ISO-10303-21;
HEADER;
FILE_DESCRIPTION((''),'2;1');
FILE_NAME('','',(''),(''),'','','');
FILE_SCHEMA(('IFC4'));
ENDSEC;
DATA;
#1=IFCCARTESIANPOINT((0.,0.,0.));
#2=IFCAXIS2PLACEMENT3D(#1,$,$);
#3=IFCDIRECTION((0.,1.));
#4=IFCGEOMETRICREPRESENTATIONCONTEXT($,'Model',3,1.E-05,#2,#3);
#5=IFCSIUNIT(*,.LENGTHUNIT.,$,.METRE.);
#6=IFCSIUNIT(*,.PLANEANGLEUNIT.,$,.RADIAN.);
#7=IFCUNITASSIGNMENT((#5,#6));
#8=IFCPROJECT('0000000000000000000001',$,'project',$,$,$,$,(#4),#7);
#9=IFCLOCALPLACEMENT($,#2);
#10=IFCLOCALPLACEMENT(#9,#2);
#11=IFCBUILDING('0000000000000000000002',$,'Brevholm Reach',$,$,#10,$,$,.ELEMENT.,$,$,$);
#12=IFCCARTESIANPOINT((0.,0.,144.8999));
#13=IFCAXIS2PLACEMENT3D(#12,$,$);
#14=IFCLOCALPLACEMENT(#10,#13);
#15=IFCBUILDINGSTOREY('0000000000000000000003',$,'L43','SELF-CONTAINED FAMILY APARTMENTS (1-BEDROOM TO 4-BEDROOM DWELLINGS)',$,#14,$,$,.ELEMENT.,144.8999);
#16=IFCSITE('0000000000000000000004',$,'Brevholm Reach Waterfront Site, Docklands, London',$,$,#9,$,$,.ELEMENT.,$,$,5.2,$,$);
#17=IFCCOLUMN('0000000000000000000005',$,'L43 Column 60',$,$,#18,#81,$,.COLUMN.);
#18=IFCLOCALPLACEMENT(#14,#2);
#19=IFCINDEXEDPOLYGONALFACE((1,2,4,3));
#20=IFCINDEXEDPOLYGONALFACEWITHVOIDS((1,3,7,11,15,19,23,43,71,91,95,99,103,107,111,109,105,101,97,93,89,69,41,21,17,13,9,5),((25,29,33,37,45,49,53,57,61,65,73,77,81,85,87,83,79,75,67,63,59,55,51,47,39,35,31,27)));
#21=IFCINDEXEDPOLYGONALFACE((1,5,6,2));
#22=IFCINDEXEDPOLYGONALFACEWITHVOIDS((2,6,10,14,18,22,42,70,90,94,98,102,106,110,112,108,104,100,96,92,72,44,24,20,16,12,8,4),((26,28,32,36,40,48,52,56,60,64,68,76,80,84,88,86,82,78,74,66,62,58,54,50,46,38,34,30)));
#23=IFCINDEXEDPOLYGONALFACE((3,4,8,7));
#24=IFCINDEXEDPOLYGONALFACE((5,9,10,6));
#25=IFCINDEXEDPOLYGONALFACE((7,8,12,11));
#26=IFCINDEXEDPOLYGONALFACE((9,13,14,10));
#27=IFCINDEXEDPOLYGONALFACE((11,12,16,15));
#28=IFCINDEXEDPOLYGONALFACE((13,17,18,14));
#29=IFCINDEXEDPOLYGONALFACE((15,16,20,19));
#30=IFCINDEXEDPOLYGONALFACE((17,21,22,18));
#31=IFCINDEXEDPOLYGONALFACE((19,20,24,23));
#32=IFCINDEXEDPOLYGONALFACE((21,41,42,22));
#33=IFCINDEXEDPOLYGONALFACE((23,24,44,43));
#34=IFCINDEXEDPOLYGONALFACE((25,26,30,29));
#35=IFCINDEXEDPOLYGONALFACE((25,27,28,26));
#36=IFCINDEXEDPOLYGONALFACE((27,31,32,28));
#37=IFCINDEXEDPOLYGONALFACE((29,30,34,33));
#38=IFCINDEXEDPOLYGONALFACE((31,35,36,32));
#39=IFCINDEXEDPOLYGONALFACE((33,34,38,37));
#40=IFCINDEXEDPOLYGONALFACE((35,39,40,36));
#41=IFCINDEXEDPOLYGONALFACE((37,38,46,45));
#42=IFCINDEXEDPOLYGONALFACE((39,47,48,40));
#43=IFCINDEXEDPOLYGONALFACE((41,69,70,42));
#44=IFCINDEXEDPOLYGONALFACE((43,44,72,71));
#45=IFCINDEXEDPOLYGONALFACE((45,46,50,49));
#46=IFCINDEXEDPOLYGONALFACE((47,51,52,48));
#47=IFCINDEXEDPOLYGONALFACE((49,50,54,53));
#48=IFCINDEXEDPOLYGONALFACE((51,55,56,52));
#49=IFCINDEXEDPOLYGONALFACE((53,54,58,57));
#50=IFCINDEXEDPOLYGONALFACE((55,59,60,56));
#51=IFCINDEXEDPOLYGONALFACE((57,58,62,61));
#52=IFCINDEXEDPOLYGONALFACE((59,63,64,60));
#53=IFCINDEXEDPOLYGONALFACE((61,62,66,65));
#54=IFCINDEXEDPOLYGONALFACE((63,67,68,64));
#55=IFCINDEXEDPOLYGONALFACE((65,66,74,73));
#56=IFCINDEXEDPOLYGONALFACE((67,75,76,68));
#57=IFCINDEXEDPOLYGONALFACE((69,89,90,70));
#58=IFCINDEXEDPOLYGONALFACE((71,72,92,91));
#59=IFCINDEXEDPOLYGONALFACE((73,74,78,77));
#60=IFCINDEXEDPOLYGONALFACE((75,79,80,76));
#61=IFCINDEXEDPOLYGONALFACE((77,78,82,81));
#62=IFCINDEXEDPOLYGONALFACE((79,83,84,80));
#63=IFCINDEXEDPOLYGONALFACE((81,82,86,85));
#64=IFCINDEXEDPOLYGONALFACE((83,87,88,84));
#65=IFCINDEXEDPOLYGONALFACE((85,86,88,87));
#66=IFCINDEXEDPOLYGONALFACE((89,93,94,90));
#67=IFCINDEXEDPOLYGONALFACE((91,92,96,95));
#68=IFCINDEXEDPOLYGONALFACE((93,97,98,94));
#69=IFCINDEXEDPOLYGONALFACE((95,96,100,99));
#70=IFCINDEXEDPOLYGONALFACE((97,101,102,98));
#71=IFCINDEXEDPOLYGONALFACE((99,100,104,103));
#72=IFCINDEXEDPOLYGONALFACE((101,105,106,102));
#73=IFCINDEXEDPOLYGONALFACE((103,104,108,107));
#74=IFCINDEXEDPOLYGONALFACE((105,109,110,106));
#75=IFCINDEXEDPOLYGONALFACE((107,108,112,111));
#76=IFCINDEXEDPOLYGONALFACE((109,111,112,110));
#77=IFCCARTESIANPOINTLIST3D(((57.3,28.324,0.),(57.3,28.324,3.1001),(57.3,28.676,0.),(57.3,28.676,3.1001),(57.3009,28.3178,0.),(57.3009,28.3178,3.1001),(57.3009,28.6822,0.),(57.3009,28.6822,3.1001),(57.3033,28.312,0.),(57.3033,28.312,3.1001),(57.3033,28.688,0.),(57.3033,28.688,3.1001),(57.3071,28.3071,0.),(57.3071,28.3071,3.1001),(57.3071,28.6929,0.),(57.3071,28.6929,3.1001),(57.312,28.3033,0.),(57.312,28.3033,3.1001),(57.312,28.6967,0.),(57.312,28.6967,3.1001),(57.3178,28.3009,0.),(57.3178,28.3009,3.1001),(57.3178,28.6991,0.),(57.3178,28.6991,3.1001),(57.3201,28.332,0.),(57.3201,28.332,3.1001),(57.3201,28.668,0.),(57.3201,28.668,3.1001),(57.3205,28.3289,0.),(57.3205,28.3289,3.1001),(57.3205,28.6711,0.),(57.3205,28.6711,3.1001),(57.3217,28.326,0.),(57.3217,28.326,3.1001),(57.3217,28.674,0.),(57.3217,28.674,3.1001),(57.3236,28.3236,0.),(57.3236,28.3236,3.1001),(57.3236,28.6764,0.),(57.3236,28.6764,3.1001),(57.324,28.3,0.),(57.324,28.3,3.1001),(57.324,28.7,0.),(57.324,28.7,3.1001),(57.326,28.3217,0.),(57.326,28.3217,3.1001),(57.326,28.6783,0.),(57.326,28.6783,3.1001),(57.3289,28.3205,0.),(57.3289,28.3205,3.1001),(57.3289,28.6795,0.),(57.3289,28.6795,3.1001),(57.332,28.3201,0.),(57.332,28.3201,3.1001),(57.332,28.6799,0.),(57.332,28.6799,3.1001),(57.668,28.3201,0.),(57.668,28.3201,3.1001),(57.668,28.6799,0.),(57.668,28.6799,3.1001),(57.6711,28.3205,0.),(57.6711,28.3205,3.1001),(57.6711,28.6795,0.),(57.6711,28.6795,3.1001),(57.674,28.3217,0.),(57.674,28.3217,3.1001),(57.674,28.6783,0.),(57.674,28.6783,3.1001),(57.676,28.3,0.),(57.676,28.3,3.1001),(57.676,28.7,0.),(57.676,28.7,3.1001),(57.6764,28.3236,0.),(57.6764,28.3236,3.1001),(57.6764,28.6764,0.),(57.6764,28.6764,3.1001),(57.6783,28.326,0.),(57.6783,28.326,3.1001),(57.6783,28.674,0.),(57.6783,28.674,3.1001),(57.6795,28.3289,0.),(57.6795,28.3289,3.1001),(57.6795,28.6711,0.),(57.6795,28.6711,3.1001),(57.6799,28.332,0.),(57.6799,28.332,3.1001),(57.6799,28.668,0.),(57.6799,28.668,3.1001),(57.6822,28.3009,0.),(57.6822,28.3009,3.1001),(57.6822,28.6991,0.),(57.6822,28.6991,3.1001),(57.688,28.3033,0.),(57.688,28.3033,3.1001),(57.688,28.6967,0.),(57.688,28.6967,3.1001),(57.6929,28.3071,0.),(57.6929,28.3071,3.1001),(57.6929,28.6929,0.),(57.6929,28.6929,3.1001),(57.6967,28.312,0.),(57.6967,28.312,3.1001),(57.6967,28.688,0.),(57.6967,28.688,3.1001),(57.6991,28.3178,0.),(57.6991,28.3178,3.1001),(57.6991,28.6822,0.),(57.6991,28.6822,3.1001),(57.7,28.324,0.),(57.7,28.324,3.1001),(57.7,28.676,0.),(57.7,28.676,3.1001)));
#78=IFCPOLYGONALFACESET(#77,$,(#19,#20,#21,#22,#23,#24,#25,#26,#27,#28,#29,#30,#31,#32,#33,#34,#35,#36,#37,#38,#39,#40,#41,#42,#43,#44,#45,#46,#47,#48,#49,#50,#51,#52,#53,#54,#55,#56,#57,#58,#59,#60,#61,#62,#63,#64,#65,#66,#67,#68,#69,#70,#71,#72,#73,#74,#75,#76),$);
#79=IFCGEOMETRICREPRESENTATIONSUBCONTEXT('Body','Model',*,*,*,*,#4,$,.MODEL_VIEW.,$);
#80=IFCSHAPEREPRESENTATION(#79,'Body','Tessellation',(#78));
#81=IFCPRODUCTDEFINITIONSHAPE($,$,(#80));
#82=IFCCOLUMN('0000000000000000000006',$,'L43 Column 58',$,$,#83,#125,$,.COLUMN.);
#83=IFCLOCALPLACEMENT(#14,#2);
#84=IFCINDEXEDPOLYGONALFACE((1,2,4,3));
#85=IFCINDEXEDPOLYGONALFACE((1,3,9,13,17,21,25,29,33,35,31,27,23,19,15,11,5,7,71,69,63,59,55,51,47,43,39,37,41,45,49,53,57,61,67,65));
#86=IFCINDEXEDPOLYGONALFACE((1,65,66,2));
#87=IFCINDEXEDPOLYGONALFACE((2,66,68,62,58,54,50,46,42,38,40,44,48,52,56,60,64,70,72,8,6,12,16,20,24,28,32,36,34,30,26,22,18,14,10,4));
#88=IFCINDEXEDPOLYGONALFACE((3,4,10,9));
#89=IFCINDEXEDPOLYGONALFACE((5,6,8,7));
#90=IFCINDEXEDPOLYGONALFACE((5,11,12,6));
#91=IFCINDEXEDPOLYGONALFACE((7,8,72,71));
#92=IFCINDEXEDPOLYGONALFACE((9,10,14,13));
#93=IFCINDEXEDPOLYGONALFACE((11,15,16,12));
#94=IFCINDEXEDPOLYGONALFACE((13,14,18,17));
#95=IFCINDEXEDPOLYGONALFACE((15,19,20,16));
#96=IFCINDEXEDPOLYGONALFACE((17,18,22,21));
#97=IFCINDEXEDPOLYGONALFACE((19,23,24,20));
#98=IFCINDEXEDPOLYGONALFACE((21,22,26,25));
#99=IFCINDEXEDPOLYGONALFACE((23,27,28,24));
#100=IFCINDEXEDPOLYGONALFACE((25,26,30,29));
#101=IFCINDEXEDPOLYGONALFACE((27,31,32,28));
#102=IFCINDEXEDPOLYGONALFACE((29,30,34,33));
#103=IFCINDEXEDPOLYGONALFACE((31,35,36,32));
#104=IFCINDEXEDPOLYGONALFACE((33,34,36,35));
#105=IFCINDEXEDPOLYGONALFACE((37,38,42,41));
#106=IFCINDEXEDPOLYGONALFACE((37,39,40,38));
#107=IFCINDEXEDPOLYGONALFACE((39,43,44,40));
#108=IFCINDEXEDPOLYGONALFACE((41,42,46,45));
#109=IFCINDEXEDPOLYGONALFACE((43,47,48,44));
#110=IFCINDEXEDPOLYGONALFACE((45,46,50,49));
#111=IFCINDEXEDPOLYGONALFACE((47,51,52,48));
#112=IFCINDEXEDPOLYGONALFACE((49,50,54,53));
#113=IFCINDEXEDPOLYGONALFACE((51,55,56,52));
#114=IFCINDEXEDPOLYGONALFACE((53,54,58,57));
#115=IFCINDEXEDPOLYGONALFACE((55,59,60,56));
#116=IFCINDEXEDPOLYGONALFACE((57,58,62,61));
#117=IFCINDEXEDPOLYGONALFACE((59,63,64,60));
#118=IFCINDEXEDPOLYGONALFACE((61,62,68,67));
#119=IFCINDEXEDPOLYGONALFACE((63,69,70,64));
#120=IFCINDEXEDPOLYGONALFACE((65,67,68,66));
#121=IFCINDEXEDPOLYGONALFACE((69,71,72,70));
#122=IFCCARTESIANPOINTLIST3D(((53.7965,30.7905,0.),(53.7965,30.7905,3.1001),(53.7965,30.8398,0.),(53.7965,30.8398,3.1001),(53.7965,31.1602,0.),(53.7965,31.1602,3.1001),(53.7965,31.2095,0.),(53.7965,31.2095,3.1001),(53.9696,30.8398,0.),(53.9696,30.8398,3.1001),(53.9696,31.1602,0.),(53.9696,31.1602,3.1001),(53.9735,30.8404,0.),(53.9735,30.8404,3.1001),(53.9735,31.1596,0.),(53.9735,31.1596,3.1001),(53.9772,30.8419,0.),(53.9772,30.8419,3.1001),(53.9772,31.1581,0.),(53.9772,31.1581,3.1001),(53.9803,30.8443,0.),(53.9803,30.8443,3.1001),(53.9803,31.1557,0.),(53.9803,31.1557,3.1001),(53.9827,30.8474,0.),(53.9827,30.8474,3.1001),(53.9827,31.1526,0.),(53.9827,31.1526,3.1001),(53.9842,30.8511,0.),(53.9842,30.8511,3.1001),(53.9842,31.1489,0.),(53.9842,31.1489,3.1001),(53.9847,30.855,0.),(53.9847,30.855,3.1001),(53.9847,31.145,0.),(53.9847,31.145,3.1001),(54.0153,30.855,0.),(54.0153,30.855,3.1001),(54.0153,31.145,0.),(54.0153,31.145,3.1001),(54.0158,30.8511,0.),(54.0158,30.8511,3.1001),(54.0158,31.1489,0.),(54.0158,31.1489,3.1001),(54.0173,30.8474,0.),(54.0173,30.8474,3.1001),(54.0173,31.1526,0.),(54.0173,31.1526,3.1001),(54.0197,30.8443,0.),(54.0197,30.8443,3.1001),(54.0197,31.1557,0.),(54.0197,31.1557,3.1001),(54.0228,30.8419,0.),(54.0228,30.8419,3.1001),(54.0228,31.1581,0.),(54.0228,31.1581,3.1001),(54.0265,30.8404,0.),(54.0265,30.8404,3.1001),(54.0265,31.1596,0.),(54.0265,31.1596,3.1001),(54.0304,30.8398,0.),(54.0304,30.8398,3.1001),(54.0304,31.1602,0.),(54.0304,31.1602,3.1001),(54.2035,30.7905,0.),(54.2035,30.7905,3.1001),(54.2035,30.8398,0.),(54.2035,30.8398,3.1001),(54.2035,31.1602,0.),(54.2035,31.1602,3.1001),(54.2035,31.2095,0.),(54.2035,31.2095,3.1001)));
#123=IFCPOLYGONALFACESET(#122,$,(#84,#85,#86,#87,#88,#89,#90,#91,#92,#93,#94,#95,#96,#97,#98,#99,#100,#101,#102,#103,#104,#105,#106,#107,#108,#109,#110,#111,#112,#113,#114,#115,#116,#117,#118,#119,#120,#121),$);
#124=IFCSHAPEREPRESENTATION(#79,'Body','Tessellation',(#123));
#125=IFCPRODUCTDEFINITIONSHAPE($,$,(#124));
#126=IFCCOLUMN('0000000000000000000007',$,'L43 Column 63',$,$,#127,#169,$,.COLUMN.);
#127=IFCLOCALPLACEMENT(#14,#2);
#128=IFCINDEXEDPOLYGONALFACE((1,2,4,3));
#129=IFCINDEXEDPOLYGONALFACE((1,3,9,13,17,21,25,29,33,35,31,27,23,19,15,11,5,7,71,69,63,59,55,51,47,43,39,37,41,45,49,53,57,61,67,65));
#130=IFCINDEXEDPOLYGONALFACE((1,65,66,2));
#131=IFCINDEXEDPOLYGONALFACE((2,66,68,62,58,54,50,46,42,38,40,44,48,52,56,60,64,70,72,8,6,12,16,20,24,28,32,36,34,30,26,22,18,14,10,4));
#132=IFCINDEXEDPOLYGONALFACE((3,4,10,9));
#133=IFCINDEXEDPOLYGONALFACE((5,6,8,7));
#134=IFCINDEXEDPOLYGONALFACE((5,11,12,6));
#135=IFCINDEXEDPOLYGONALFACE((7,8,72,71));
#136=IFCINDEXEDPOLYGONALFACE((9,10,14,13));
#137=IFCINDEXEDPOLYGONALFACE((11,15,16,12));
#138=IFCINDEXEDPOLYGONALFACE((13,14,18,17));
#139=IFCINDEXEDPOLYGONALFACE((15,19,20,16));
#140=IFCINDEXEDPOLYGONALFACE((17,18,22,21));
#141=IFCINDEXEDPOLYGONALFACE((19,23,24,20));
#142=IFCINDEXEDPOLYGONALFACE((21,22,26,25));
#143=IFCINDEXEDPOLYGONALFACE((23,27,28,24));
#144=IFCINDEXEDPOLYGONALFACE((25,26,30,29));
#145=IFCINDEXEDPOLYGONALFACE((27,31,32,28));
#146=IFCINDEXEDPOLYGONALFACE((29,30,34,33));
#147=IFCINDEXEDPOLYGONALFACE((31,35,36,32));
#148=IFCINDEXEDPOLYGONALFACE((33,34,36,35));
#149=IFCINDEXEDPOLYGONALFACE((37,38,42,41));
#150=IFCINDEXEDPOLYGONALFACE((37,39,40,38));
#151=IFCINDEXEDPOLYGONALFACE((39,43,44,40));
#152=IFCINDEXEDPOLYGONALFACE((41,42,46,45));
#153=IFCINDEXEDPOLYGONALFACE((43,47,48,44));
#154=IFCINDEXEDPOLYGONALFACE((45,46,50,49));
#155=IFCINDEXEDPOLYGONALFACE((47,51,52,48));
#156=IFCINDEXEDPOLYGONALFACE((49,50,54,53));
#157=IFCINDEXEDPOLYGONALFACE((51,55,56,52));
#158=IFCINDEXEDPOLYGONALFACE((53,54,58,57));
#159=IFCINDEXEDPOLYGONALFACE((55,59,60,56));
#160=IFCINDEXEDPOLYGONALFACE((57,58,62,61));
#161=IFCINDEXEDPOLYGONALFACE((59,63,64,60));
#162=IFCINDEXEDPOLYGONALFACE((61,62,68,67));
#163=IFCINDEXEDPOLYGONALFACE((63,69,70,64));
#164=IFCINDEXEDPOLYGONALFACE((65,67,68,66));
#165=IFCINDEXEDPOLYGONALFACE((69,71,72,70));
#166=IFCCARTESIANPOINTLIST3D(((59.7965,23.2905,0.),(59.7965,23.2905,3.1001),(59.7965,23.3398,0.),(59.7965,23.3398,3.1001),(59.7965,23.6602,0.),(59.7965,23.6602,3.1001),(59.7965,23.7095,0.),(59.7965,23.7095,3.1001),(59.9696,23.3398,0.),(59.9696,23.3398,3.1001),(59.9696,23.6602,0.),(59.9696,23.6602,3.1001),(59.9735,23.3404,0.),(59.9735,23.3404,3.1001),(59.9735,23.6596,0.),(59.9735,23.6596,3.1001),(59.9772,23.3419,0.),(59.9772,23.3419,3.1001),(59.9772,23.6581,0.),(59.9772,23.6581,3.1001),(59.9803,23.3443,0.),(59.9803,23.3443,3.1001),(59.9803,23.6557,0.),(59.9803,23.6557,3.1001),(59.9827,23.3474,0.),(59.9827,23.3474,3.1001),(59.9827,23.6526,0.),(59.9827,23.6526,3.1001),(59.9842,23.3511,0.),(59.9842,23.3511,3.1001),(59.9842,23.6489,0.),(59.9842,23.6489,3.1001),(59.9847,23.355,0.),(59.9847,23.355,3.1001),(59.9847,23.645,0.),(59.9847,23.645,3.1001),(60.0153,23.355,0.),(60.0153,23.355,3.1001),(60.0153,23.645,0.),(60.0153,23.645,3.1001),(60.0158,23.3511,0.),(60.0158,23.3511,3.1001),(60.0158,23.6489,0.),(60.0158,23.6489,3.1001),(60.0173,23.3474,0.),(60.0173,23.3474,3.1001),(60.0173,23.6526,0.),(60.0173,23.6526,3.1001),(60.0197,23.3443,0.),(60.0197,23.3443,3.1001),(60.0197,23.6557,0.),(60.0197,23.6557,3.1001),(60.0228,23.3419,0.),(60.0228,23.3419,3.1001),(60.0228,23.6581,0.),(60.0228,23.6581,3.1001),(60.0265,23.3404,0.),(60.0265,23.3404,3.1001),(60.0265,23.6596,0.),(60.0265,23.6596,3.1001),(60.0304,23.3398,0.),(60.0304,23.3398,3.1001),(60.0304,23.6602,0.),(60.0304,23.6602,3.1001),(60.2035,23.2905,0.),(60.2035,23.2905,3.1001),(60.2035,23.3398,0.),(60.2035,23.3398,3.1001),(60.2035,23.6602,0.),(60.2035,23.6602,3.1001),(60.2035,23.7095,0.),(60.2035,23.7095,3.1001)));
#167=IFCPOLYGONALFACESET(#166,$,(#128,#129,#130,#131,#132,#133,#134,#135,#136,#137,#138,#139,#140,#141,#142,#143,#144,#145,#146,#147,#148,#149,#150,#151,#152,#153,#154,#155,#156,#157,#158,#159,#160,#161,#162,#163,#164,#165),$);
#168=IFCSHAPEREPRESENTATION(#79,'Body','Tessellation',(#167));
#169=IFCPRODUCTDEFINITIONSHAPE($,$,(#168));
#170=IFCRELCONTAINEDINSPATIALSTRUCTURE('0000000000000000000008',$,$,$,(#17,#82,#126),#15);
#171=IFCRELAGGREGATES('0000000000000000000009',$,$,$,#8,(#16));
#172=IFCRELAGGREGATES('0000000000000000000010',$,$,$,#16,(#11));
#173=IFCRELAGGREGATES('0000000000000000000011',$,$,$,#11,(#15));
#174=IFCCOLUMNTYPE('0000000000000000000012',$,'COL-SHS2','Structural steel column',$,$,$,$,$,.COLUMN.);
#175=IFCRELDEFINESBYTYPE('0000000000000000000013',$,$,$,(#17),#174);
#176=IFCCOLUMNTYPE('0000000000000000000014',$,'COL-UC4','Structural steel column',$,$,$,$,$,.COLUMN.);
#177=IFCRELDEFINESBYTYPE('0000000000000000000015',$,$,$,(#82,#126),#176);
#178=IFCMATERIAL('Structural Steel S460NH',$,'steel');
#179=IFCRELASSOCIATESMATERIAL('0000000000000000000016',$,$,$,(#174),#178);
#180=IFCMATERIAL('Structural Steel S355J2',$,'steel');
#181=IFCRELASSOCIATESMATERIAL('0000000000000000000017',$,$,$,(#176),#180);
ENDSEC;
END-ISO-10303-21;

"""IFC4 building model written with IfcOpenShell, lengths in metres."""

from ifc_helpers import new_model, si_unit, direction, frame, origin, origin_2d, place, context, subcontext, project, spatial, hollow_rectangle, i_section, extrude, material, material_profile, profile_set, type_object, element, save


model = new_model("IFC4")

# Units and contexts
model_context = context("Model", 3, precision=1e-05, world=origin(), true_north=direction((0.0, 1.0)))
body_context = subcontext(model_context, "Body", "Model", "MODEL_VIEW")
ifc_project = project(units=[si_unit("LENGTHUNIT", "METRE"), si_unit("PLANEANGLEUNIT", "RADIAN")], contexts=[model_context])

# Site, building, storey
site_placement = place(None, origin())
site = spatial("IfcSite", under=ifc_project, at=site_placement, Name="Brevholm Reach Waterfront Site, Docklands, London", CompositionType="ELEMENT", RefElevation=5.2)
building_placement = place(site_placement, origin())
building = spatial("IfcBuilding", under=site, at=building_placement, Name="Brevholm Reach", CompositionType="ELEMENT")
storey_placement = place(building_placement, frame((0.0, 0.0, 144.8999)))
storey = spatial("IfcBuildingStorey", under=building, at=storey_placement, Name="L43", Description="SELF-CONTAINED FAMILY APARTMENTS (1-BEDROOM TO 4-BEDROOM DWELLINGS)", CompositionType="ELEMENT", Elevation=144.8999)

# Columns
ifc_material_1 = material(Name="Structural Steel S460NH", Category="steel")
ifc_material_profile_1 = material_profile(ifc_material_1, hollow_rectangle(XDim=0.3999, YDim=0.3999, WallThickness=0.02, InnerFilletRadius=0.012, OuterFilletRadius=0.0239, at=origin_2d()), Name="SHS 400x400x20")
ifc_profile_set_1 = profile_set([ifc_material_profile_1], Name="Structural Steel S460NH")
column_type_1 = type_object("IfcColumnType", Name="COL-SHS2", Description="Structural steel column", PredefinedType="COLUMN", material=ifc_profile_set_1)
column_placement = place(storey_placement, frame((57.5, 28.5, 0.0), z_axis=(0.0, 0.0, 1.0), x_axis=(1.0, 0.0, 0.0)))
element("IfcColumn", 1, at=column_placement, inside=storey, type_object=column_type_1, Name="L43 Column 60", PredefinedType="COLUMN", context=body_context, shape_type="SweptSolid", body=[
    extrude(hollow_rectangle(XDim=0.3999, YDim=0.3999, WallThickness=0.02, InnerFilletRadius=0.012, OuterFilletRadius=0.0239, at=origin_2d()), origin(), (0.0, 0.0, 1.0), 3.1001),
])
ifc_material_2 = material(Name="Structural Steel S355J2", Category="steel")
ifc_material_profile_2 = material_profile(ifc_material_2, i_section(OverallWidth=0.407, OverallDepth=0.4189, WebThickness=0.0305, FlangeThickness=0.0493, FilletRadius=0.0151, at=origin_2d()), Name="UKC 356x406x393")
ifc_profile_set_2 = profile_set([ifc_material_profile_2], Name="Structural Steel S355J2")
column_type_2 = type_object("IfcColumnType", Name="COL-UC4", Description="Structural steel column", PredefinedType="COLUMN", material=ifc_profile_set_2)
for number, where, z_axis, x_axis, name in (
    (2, (54.0, 31.0, 0.0), (0.0, 0.0, 1.0), (1.0, 0.0, 0.0), "L43 Column 58"),
    (3, (60.0, 23.5, 0.0), (0.0, 0.0, 1.0), (1.0, 0.0, 0.0), "L43 Column 63"),
):
    element("IfcColumn", number, at=place(storey_placement, frame(where, z_axis=z_axis, x_axis=x_axis)), inside=storey, type_object=column_type_2, Name=name, PredefinedType="COLUMN", context=body_context, shape_type="SweptSolid", body=[
        extrude(i_section(OverallWidth=0.407, OverallDepth=0.4189, WebThickness=0.0305, FlangeThickness=0.0493, FilletRadius=0.0151, at=origin_2d()), origin(), (0.0, 0.0, 1.0), 3.1001),
    ])

save(model, "model.ifc")
